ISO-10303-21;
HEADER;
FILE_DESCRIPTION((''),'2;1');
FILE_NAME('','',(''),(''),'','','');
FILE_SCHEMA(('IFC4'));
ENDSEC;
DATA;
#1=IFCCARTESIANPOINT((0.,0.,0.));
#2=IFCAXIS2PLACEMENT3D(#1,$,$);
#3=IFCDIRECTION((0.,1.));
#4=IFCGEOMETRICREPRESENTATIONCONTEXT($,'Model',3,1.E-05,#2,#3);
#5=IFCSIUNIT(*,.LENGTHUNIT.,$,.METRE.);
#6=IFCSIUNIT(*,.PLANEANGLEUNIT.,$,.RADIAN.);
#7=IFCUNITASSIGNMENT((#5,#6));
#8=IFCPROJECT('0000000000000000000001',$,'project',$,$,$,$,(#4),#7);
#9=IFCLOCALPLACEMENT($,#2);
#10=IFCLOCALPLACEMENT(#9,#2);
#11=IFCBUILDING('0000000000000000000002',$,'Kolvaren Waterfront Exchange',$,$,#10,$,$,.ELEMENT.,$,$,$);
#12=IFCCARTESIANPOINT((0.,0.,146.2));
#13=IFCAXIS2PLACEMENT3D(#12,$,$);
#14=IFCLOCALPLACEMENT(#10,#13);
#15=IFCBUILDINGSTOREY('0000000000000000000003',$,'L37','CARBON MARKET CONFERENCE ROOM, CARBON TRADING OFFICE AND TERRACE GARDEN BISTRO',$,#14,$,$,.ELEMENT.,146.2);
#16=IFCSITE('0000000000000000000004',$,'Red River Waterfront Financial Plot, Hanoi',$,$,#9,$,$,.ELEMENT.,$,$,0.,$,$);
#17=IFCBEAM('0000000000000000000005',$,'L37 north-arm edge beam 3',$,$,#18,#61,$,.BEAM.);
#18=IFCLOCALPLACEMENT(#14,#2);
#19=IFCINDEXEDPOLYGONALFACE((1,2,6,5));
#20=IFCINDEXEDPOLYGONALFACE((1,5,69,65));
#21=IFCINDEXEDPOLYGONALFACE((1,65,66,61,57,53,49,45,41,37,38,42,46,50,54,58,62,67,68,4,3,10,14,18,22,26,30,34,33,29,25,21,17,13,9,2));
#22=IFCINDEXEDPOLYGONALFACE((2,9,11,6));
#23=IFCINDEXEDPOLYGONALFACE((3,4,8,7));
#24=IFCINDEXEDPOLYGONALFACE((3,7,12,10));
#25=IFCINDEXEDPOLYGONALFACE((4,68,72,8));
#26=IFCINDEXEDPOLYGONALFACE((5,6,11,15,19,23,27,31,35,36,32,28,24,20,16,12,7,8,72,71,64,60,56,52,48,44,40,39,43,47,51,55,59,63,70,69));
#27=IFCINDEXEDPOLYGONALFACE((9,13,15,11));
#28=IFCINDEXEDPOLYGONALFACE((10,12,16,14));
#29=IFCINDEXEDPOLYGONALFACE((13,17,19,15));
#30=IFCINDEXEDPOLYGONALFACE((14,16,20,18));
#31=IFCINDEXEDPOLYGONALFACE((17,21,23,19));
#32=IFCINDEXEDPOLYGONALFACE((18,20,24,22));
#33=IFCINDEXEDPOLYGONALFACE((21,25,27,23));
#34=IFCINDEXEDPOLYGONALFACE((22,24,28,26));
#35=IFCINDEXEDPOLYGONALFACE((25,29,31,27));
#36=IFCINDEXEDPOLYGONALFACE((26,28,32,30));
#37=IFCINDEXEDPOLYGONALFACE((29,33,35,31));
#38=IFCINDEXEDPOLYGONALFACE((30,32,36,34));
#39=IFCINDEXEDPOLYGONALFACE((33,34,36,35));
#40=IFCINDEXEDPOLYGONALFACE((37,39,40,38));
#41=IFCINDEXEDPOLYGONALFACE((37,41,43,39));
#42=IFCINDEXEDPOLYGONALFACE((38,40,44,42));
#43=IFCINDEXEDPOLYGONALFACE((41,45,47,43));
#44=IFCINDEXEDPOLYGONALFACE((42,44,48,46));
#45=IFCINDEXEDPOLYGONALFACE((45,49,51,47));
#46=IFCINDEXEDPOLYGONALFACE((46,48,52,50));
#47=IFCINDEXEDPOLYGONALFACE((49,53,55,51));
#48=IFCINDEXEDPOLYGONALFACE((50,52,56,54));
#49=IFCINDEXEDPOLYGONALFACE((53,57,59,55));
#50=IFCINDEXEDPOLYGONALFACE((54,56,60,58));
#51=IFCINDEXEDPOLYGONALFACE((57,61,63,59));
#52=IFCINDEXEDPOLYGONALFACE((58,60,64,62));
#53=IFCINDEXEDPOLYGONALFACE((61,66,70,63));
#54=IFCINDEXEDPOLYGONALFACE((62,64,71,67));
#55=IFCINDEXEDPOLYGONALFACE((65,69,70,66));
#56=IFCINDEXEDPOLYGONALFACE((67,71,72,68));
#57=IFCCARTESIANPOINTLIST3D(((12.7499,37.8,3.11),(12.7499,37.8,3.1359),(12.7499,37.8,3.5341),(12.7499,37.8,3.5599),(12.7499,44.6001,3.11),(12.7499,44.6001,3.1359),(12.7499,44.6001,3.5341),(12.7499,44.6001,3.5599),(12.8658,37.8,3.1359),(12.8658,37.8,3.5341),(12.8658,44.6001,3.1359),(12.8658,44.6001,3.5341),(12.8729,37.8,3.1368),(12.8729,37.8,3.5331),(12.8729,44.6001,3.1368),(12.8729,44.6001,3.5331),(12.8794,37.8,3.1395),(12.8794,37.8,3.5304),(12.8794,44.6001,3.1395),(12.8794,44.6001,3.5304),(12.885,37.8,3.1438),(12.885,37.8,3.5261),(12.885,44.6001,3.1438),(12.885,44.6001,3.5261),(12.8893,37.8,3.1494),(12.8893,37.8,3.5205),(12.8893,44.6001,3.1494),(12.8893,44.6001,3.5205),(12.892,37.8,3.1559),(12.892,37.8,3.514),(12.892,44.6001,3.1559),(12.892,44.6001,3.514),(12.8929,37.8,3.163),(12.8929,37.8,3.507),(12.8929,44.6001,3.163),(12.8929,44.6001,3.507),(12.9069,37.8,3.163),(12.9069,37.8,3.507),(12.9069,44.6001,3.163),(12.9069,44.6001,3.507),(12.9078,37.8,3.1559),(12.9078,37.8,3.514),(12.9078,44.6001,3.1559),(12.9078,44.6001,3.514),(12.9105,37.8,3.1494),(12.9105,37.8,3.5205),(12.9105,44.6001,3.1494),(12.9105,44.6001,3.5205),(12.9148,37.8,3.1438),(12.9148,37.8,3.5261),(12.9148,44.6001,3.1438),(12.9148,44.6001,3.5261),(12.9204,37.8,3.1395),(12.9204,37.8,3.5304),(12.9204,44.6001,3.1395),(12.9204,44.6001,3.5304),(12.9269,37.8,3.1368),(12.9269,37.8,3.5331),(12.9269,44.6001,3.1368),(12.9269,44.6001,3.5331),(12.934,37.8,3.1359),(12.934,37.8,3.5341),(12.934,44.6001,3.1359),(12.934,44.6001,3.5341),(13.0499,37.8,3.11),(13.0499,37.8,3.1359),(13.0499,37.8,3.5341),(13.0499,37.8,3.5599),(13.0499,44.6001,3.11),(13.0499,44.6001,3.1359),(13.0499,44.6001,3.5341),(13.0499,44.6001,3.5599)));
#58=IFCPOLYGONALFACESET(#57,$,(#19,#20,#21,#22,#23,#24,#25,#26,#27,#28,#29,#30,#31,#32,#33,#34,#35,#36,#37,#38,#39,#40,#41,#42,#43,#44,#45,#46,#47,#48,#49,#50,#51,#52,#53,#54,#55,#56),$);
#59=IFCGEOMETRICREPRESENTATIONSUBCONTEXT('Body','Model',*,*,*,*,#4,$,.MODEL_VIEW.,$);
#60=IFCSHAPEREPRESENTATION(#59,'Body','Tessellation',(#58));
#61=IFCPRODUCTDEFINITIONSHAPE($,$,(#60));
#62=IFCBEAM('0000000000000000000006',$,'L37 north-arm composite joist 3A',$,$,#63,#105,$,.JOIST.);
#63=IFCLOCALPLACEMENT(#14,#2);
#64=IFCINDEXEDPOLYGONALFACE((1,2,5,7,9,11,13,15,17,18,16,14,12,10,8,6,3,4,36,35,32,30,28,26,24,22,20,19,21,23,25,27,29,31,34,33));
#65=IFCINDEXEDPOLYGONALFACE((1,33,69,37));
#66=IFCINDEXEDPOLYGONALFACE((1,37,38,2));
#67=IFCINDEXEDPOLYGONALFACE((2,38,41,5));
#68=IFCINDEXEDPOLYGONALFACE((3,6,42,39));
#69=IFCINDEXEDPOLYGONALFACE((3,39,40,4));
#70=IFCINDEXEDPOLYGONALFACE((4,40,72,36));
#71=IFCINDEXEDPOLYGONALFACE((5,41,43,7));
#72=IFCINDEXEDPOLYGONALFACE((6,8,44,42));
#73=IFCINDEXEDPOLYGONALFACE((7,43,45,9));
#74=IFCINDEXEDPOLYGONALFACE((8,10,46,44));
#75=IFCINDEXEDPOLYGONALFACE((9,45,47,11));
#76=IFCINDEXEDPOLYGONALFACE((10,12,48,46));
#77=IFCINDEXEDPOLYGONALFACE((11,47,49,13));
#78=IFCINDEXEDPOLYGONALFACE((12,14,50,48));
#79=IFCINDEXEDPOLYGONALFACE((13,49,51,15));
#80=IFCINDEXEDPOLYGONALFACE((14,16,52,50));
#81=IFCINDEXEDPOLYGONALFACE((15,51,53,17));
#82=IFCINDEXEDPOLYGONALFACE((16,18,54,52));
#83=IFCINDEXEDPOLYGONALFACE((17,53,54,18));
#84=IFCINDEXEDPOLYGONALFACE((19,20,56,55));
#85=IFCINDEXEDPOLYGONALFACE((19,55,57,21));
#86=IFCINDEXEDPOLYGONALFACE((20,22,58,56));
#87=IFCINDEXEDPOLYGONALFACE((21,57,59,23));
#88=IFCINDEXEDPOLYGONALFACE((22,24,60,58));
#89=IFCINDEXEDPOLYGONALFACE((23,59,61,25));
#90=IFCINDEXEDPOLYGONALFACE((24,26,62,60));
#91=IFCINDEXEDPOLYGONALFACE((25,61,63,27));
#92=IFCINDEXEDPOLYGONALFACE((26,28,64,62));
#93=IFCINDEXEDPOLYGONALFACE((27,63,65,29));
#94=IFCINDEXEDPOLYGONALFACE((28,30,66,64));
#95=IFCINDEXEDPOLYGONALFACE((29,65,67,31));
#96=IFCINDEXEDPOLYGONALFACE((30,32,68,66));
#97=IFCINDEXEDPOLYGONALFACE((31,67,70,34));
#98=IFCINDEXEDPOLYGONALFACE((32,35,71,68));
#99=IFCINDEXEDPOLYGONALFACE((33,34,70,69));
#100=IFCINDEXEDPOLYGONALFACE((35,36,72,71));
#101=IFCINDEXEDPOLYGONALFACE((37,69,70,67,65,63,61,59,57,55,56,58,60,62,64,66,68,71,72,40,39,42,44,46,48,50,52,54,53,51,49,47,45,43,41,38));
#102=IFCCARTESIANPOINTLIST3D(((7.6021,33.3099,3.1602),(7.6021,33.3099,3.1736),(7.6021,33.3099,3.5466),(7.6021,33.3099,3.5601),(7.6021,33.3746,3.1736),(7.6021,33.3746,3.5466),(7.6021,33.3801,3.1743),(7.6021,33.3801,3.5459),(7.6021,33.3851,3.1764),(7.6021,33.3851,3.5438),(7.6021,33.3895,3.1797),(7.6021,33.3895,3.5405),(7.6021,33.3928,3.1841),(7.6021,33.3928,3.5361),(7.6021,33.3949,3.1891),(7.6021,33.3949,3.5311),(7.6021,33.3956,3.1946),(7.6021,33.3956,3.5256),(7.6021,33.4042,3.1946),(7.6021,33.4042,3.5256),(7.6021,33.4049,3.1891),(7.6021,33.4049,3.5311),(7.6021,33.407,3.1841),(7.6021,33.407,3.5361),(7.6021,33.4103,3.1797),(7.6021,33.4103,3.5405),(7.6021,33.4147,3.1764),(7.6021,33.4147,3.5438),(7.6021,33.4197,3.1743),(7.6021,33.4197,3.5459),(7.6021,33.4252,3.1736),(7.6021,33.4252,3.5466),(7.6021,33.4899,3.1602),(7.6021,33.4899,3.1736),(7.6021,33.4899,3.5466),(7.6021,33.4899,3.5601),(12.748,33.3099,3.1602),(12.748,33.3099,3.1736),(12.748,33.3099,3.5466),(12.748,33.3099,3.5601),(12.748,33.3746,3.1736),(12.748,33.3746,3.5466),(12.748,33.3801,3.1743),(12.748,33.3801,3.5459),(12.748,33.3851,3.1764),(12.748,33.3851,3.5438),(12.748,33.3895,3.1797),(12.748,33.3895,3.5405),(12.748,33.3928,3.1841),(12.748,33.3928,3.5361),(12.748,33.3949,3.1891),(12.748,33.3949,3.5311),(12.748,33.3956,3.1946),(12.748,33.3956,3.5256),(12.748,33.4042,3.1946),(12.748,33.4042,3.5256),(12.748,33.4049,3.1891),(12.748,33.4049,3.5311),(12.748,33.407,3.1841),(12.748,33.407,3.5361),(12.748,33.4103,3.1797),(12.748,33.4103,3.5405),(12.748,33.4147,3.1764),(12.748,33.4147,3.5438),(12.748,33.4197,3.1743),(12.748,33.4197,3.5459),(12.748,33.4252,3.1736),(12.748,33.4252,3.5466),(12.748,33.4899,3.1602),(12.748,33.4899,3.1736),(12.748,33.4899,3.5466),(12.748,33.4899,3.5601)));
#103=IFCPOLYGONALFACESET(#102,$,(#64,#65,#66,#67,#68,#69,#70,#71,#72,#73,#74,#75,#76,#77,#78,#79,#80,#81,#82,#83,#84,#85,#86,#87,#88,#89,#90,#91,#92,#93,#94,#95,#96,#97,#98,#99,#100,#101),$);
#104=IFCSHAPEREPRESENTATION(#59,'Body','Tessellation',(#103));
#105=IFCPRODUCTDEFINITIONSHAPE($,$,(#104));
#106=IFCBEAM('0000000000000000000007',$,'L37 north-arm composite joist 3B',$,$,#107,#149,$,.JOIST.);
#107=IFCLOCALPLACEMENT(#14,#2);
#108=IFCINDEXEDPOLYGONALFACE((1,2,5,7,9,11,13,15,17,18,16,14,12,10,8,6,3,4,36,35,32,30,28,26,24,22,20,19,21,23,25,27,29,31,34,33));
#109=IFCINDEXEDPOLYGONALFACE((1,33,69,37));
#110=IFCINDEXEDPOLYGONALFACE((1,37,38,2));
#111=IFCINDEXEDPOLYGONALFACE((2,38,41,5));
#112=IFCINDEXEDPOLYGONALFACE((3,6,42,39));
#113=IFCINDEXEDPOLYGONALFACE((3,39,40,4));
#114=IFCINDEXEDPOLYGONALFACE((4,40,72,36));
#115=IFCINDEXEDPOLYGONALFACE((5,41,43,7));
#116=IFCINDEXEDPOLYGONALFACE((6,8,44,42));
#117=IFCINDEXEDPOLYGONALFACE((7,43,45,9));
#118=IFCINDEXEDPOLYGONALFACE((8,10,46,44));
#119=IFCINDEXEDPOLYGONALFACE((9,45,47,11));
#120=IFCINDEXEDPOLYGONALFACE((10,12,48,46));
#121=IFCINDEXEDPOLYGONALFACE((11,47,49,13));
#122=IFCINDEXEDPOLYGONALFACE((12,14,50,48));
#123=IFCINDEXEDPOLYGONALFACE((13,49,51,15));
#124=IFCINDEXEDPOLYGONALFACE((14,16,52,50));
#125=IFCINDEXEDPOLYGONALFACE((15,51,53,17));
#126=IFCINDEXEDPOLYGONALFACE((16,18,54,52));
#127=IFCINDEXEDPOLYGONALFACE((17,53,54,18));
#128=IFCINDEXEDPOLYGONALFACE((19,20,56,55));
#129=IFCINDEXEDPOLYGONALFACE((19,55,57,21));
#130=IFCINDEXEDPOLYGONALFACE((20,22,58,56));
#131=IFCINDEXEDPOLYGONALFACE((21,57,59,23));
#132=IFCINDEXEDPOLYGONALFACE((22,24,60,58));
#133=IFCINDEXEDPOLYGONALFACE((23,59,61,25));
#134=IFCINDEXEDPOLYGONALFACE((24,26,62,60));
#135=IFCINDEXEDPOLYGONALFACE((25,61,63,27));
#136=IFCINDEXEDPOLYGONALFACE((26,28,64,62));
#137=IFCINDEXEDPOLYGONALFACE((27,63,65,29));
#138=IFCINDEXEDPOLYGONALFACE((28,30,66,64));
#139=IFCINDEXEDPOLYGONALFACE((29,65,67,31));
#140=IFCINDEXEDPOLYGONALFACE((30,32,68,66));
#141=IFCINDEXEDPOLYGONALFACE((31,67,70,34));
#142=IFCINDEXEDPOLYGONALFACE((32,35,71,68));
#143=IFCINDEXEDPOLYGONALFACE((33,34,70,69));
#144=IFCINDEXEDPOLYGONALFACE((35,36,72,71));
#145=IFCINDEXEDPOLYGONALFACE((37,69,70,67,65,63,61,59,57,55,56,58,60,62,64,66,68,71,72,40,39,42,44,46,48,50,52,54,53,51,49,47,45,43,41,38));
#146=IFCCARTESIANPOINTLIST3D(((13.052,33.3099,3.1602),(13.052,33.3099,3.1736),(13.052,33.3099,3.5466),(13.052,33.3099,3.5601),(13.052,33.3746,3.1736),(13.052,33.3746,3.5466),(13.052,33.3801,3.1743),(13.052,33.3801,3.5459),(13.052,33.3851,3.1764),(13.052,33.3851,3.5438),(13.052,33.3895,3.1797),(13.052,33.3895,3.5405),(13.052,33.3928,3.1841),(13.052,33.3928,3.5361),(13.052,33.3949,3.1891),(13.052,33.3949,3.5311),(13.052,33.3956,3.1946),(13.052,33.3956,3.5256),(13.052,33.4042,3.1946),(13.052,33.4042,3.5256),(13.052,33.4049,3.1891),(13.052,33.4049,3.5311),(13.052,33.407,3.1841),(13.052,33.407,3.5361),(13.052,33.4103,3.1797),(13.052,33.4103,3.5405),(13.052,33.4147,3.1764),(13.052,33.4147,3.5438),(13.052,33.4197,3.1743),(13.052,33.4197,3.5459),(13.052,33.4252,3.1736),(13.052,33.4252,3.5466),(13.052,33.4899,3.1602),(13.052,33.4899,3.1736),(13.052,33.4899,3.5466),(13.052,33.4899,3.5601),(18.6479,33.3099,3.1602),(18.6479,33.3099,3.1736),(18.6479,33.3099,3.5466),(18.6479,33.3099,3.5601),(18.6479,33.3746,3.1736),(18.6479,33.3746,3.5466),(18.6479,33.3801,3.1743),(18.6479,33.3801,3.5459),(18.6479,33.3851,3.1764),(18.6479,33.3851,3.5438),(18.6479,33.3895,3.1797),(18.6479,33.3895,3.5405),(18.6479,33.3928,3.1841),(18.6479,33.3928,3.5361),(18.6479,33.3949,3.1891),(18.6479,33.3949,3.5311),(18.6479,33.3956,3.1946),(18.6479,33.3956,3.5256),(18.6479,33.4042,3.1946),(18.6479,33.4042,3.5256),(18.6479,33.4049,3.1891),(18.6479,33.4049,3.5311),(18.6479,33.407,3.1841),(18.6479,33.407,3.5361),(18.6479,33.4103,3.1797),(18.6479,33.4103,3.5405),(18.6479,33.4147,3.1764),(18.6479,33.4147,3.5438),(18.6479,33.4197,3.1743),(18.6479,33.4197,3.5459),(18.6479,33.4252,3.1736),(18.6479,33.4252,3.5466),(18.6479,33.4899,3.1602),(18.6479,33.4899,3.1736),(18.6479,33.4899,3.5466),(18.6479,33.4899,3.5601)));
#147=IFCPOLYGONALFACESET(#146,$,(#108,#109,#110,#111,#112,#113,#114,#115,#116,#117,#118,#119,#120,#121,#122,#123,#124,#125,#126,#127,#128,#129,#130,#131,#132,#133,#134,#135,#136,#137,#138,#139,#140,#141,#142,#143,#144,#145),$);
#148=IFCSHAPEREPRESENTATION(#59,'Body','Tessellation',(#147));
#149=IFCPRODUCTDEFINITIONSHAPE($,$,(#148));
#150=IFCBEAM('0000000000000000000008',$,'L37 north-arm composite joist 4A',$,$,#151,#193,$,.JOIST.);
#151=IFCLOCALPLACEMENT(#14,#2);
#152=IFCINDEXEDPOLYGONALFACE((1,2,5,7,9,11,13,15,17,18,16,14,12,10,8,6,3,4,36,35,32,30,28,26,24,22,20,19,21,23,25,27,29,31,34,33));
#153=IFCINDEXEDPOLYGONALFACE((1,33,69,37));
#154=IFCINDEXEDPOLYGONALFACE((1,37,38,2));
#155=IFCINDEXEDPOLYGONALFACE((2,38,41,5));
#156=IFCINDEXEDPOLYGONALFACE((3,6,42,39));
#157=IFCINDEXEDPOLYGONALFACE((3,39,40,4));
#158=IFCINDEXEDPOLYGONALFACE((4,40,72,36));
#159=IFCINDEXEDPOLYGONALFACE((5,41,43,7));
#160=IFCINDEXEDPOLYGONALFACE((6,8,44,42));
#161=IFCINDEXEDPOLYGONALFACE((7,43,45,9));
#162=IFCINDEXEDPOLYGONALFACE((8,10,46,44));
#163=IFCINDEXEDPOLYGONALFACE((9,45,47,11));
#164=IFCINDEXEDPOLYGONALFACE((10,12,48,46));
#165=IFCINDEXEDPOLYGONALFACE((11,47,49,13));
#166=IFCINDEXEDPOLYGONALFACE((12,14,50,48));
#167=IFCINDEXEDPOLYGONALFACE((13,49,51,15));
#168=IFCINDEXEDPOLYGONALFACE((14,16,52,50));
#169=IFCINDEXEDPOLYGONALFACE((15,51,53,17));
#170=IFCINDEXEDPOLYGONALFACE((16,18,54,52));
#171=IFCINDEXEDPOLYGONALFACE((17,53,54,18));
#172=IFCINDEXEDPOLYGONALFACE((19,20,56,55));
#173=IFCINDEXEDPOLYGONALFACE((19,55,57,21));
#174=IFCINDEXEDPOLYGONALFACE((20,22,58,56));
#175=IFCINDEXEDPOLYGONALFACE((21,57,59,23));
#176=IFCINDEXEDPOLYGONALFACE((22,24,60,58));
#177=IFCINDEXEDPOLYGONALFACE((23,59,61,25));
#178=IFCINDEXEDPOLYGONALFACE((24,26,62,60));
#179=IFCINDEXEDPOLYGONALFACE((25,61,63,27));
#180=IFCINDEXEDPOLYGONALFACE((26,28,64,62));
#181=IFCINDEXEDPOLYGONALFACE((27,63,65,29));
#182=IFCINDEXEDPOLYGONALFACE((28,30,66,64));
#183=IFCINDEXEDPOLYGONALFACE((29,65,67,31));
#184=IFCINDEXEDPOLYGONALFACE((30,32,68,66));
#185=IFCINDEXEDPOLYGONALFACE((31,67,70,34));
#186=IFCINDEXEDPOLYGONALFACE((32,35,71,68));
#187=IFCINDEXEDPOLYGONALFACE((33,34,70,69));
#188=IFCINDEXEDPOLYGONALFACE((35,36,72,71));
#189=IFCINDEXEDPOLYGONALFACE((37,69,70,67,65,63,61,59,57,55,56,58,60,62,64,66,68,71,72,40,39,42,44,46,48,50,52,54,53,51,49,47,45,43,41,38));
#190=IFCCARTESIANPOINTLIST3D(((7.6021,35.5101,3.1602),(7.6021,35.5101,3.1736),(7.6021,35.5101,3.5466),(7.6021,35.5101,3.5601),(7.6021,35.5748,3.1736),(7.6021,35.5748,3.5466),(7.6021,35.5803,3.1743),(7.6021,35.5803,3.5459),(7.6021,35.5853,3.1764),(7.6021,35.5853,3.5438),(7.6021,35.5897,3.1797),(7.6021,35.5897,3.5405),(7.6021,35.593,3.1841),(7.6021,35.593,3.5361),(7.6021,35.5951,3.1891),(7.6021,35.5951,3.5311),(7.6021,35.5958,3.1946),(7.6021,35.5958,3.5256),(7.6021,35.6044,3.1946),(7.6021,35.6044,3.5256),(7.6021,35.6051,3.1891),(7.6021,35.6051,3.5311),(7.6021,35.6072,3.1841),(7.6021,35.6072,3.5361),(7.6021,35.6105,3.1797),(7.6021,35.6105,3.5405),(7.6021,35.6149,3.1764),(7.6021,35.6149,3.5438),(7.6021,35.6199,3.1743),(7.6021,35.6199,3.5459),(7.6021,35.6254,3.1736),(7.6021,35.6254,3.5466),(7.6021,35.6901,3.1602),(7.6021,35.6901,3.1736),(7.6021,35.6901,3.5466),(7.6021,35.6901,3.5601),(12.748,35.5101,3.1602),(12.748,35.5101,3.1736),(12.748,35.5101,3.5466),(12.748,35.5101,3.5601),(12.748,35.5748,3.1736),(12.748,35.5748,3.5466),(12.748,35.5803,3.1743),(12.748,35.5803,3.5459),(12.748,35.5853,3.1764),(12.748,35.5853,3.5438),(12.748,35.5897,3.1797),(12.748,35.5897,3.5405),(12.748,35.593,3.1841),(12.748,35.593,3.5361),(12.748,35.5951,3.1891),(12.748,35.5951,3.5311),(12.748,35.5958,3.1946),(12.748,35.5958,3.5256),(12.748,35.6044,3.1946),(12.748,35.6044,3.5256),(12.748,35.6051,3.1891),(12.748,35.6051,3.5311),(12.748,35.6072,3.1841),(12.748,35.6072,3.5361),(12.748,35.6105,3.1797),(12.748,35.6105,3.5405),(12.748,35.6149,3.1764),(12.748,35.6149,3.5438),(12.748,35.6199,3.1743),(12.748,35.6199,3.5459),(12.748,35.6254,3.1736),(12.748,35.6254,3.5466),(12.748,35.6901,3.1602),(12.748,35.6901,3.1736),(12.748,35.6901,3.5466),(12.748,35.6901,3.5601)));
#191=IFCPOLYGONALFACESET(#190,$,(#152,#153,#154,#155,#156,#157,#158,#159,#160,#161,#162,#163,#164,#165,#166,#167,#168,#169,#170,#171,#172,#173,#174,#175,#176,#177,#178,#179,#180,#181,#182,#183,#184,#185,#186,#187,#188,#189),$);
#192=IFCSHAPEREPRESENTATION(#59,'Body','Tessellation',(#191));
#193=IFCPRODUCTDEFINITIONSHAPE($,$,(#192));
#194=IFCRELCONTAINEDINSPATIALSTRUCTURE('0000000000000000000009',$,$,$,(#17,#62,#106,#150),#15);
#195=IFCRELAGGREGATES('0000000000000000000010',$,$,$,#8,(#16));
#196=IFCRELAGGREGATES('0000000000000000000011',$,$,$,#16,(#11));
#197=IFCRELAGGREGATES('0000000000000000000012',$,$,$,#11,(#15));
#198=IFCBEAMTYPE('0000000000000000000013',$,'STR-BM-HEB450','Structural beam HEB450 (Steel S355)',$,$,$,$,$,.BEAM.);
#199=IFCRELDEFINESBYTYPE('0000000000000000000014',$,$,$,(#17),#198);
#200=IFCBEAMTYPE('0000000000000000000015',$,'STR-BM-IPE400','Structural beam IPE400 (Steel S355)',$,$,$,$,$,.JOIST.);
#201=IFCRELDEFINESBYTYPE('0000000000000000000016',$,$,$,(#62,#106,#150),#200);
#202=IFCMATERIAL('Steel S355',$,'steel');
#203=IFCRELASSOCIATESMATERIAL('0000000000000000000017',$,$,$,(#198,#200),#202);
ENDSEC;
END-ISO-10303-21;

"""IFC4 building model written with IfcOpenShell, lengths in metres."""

from ifc_helpers import new_model, si_unit, direction, frame, origin, origin_2d, place, context, subcontext, project, spatial, i_section, extrude, material, material_profile, profile_set, type_object, element, save


model = new_model("IFC4")

# Units and contexts
model_context = context("Model", 3, precision=1e-05, world=origin(), true_north=direction((0.0, 1.0)))
body_context = subcontext(model_context, "Body", "Model", "MODEL_VIEW")
ifc_project = project(units=[si_unit("LENGTHUNIT", "METRE"), si_unit("PLANEANGLEUNIT", "RADIAN")], contexts=[model_context])

# Site, building, storey
site_placement = place(None, origin())
site = spatial("IfcSite", under=ifc_project, at=site_placement, Name="Red River Waterfront Financial Plot, Hanoi", CompositionType="ELEMENT", RefElevation=0.0)
building_placement = place(site_placement, origin())
building = spatial("IfcBuilding", under=site, at=building_placement, Name="Kolvaren Waterfront Exchange", CompositionType="ELEMENT")
storey_placement = place(building_placement, frame((0.0, 0.0, 146.2)))
storey = spatial("IfcBuildingStorey", under=building, at=storey_placement, Name="L37", Description="CARBON MARKET CONFERENCE ROOM, CARBON TRADING OFFICE AND TERRACE GARDEN BISTRO", CompositionType="ELEMENT", Elevation=146.2)

# Beams
ifc_material_1 = material(Name="Steel S355", Category="steel")
ifc_material_profile_1 = material_profile(ifc_material_1, i_section(OverallWidth=0.3, OverallDepth=0.45, WebThickness=0.0139, FlangeThickness=0.0259, FilletRadius=0.0271, at=origin_2d()), Name="HEB450")
ifc_profile_set_1 = profile_set([ifc_material_profile_1], Name="Steel S355")
beam_type_1 = type_object("IfcBeamType", Name="STR-BM-HEB450", Description="Structural beam HEB450 (Steel S355)", PredefinedType="BEAM", material=ifc_profile_set_1)
beam_1_placement = place(storey_placement, frame((12.8999, 37.8, 3.335), z_axis=(0.0, 1.0, 0.0), x_axis=(-1.0, 0.0, 0.0)))
element("IfcBeam", 1, at=beam_1_placement, inside=storey, type_object=beam_type_1, Name="L37 north-arm edge beam 3", PredefinedType="BEAM", context=body_context, shape_type="SweptSolid", body=[
    extrude(i_section(OverallWidth=0.3, OverallDepth=0.45, WebThickness=0.0139, FlangeThickness=0.0259, FilletRadius=0.0271, at=origin_2d()), origin(), (0.0, 0.0, 1.0), 6.8),
])
ifc_material_profile_2 = material_profile(ifc_material_1, i_section(OverallWidth=0.1799, OverallDepth=0.3999, WebThickness=0.0085, FlangeThickness=0.0134, FilletRadius=0.021, at=origin_2d()), Name="IPE400")
ifc_profile_set_2 = profile_set([ifc_material_profile_2], Name="Steel S355")
beam_type_2 = type_object("IfcBeamType", Name="STR-BM-IPE400", Description="Structural beam IPE400 (Steel S355)", PredefinedType="JOIST", material=ifc_profile_set_2)
beam_2_placement = place(storey_placement, frame((7.6021, 33.3999, 3.3601), z_axis=(1.0, 0.0, 0.0), x_axis=(0.0, 1.0, 0.0)))
element("IfcBeam", 2, at=beam_2_placement, inside=storey, type_object=beam_type_2, Name="L37 north-arm composite joist 3A", PredefinedType="JOIST", context=body_context, shape_type="SweptSolid", body=[
    extrude(i_section(OverallWidth=0.1799, OverallDepth=0.3999, WebThickness=0.0085, FlangeThickness=0.0134, FilletRadius=0.021, at=origin_2d()), origin(), (0.0, 0.0, 1.0), 5.146),
])
beam_3_placement = place(storey_placement, frame((13.052, 33.3999, 3.3601), z_axis=(1.0, 0.0, 0.0), x_axis=(0.0, 1.0, 0.0)))
element("IfcBeam", 3, at=beam_3_placement, inside=storey, type_object=beam_type_2, Name="L37 north-arm composite joist 3B", PredefinedType="JOIST", context=body_context, shape_type="SweptSolid", body=[
    extrude(i_section(OverallWidth=0.1799, OverallDepth=0.3999, WebThickness=0.0085, FlangeThickness=0.0134, FilletRadius=0.021, at=origin_2d()), origin(), (0.0, 0.0, 1.0), 5.5959),
])
beam_4_placement = place(storey_placement, frame((7.6021, 35.6001, 3.3601), z_axis=(1.0, 0.0, 0.0), x_axis=(0.0, 1.0, 0.0)))
element("IfcBeam", 4, at=beam_4_placement, inside=storey, type_object=beam_type_2, Name="L37 north-arm composite joist 4A", PredefinedType="JOIST", context=body_context, shape_type="SweptSolid", body=[
    extrude(i_section(OverallWidth=0.1799, OverallDepth=0.3999, WebThickness=0.0085, FlangeThickness=0.0134, FilletRadius=0.021, at=origin_2d()), origin(), (0.0, 0.0, 1.0), 5.146),
])

save(model, "model.ifc")
